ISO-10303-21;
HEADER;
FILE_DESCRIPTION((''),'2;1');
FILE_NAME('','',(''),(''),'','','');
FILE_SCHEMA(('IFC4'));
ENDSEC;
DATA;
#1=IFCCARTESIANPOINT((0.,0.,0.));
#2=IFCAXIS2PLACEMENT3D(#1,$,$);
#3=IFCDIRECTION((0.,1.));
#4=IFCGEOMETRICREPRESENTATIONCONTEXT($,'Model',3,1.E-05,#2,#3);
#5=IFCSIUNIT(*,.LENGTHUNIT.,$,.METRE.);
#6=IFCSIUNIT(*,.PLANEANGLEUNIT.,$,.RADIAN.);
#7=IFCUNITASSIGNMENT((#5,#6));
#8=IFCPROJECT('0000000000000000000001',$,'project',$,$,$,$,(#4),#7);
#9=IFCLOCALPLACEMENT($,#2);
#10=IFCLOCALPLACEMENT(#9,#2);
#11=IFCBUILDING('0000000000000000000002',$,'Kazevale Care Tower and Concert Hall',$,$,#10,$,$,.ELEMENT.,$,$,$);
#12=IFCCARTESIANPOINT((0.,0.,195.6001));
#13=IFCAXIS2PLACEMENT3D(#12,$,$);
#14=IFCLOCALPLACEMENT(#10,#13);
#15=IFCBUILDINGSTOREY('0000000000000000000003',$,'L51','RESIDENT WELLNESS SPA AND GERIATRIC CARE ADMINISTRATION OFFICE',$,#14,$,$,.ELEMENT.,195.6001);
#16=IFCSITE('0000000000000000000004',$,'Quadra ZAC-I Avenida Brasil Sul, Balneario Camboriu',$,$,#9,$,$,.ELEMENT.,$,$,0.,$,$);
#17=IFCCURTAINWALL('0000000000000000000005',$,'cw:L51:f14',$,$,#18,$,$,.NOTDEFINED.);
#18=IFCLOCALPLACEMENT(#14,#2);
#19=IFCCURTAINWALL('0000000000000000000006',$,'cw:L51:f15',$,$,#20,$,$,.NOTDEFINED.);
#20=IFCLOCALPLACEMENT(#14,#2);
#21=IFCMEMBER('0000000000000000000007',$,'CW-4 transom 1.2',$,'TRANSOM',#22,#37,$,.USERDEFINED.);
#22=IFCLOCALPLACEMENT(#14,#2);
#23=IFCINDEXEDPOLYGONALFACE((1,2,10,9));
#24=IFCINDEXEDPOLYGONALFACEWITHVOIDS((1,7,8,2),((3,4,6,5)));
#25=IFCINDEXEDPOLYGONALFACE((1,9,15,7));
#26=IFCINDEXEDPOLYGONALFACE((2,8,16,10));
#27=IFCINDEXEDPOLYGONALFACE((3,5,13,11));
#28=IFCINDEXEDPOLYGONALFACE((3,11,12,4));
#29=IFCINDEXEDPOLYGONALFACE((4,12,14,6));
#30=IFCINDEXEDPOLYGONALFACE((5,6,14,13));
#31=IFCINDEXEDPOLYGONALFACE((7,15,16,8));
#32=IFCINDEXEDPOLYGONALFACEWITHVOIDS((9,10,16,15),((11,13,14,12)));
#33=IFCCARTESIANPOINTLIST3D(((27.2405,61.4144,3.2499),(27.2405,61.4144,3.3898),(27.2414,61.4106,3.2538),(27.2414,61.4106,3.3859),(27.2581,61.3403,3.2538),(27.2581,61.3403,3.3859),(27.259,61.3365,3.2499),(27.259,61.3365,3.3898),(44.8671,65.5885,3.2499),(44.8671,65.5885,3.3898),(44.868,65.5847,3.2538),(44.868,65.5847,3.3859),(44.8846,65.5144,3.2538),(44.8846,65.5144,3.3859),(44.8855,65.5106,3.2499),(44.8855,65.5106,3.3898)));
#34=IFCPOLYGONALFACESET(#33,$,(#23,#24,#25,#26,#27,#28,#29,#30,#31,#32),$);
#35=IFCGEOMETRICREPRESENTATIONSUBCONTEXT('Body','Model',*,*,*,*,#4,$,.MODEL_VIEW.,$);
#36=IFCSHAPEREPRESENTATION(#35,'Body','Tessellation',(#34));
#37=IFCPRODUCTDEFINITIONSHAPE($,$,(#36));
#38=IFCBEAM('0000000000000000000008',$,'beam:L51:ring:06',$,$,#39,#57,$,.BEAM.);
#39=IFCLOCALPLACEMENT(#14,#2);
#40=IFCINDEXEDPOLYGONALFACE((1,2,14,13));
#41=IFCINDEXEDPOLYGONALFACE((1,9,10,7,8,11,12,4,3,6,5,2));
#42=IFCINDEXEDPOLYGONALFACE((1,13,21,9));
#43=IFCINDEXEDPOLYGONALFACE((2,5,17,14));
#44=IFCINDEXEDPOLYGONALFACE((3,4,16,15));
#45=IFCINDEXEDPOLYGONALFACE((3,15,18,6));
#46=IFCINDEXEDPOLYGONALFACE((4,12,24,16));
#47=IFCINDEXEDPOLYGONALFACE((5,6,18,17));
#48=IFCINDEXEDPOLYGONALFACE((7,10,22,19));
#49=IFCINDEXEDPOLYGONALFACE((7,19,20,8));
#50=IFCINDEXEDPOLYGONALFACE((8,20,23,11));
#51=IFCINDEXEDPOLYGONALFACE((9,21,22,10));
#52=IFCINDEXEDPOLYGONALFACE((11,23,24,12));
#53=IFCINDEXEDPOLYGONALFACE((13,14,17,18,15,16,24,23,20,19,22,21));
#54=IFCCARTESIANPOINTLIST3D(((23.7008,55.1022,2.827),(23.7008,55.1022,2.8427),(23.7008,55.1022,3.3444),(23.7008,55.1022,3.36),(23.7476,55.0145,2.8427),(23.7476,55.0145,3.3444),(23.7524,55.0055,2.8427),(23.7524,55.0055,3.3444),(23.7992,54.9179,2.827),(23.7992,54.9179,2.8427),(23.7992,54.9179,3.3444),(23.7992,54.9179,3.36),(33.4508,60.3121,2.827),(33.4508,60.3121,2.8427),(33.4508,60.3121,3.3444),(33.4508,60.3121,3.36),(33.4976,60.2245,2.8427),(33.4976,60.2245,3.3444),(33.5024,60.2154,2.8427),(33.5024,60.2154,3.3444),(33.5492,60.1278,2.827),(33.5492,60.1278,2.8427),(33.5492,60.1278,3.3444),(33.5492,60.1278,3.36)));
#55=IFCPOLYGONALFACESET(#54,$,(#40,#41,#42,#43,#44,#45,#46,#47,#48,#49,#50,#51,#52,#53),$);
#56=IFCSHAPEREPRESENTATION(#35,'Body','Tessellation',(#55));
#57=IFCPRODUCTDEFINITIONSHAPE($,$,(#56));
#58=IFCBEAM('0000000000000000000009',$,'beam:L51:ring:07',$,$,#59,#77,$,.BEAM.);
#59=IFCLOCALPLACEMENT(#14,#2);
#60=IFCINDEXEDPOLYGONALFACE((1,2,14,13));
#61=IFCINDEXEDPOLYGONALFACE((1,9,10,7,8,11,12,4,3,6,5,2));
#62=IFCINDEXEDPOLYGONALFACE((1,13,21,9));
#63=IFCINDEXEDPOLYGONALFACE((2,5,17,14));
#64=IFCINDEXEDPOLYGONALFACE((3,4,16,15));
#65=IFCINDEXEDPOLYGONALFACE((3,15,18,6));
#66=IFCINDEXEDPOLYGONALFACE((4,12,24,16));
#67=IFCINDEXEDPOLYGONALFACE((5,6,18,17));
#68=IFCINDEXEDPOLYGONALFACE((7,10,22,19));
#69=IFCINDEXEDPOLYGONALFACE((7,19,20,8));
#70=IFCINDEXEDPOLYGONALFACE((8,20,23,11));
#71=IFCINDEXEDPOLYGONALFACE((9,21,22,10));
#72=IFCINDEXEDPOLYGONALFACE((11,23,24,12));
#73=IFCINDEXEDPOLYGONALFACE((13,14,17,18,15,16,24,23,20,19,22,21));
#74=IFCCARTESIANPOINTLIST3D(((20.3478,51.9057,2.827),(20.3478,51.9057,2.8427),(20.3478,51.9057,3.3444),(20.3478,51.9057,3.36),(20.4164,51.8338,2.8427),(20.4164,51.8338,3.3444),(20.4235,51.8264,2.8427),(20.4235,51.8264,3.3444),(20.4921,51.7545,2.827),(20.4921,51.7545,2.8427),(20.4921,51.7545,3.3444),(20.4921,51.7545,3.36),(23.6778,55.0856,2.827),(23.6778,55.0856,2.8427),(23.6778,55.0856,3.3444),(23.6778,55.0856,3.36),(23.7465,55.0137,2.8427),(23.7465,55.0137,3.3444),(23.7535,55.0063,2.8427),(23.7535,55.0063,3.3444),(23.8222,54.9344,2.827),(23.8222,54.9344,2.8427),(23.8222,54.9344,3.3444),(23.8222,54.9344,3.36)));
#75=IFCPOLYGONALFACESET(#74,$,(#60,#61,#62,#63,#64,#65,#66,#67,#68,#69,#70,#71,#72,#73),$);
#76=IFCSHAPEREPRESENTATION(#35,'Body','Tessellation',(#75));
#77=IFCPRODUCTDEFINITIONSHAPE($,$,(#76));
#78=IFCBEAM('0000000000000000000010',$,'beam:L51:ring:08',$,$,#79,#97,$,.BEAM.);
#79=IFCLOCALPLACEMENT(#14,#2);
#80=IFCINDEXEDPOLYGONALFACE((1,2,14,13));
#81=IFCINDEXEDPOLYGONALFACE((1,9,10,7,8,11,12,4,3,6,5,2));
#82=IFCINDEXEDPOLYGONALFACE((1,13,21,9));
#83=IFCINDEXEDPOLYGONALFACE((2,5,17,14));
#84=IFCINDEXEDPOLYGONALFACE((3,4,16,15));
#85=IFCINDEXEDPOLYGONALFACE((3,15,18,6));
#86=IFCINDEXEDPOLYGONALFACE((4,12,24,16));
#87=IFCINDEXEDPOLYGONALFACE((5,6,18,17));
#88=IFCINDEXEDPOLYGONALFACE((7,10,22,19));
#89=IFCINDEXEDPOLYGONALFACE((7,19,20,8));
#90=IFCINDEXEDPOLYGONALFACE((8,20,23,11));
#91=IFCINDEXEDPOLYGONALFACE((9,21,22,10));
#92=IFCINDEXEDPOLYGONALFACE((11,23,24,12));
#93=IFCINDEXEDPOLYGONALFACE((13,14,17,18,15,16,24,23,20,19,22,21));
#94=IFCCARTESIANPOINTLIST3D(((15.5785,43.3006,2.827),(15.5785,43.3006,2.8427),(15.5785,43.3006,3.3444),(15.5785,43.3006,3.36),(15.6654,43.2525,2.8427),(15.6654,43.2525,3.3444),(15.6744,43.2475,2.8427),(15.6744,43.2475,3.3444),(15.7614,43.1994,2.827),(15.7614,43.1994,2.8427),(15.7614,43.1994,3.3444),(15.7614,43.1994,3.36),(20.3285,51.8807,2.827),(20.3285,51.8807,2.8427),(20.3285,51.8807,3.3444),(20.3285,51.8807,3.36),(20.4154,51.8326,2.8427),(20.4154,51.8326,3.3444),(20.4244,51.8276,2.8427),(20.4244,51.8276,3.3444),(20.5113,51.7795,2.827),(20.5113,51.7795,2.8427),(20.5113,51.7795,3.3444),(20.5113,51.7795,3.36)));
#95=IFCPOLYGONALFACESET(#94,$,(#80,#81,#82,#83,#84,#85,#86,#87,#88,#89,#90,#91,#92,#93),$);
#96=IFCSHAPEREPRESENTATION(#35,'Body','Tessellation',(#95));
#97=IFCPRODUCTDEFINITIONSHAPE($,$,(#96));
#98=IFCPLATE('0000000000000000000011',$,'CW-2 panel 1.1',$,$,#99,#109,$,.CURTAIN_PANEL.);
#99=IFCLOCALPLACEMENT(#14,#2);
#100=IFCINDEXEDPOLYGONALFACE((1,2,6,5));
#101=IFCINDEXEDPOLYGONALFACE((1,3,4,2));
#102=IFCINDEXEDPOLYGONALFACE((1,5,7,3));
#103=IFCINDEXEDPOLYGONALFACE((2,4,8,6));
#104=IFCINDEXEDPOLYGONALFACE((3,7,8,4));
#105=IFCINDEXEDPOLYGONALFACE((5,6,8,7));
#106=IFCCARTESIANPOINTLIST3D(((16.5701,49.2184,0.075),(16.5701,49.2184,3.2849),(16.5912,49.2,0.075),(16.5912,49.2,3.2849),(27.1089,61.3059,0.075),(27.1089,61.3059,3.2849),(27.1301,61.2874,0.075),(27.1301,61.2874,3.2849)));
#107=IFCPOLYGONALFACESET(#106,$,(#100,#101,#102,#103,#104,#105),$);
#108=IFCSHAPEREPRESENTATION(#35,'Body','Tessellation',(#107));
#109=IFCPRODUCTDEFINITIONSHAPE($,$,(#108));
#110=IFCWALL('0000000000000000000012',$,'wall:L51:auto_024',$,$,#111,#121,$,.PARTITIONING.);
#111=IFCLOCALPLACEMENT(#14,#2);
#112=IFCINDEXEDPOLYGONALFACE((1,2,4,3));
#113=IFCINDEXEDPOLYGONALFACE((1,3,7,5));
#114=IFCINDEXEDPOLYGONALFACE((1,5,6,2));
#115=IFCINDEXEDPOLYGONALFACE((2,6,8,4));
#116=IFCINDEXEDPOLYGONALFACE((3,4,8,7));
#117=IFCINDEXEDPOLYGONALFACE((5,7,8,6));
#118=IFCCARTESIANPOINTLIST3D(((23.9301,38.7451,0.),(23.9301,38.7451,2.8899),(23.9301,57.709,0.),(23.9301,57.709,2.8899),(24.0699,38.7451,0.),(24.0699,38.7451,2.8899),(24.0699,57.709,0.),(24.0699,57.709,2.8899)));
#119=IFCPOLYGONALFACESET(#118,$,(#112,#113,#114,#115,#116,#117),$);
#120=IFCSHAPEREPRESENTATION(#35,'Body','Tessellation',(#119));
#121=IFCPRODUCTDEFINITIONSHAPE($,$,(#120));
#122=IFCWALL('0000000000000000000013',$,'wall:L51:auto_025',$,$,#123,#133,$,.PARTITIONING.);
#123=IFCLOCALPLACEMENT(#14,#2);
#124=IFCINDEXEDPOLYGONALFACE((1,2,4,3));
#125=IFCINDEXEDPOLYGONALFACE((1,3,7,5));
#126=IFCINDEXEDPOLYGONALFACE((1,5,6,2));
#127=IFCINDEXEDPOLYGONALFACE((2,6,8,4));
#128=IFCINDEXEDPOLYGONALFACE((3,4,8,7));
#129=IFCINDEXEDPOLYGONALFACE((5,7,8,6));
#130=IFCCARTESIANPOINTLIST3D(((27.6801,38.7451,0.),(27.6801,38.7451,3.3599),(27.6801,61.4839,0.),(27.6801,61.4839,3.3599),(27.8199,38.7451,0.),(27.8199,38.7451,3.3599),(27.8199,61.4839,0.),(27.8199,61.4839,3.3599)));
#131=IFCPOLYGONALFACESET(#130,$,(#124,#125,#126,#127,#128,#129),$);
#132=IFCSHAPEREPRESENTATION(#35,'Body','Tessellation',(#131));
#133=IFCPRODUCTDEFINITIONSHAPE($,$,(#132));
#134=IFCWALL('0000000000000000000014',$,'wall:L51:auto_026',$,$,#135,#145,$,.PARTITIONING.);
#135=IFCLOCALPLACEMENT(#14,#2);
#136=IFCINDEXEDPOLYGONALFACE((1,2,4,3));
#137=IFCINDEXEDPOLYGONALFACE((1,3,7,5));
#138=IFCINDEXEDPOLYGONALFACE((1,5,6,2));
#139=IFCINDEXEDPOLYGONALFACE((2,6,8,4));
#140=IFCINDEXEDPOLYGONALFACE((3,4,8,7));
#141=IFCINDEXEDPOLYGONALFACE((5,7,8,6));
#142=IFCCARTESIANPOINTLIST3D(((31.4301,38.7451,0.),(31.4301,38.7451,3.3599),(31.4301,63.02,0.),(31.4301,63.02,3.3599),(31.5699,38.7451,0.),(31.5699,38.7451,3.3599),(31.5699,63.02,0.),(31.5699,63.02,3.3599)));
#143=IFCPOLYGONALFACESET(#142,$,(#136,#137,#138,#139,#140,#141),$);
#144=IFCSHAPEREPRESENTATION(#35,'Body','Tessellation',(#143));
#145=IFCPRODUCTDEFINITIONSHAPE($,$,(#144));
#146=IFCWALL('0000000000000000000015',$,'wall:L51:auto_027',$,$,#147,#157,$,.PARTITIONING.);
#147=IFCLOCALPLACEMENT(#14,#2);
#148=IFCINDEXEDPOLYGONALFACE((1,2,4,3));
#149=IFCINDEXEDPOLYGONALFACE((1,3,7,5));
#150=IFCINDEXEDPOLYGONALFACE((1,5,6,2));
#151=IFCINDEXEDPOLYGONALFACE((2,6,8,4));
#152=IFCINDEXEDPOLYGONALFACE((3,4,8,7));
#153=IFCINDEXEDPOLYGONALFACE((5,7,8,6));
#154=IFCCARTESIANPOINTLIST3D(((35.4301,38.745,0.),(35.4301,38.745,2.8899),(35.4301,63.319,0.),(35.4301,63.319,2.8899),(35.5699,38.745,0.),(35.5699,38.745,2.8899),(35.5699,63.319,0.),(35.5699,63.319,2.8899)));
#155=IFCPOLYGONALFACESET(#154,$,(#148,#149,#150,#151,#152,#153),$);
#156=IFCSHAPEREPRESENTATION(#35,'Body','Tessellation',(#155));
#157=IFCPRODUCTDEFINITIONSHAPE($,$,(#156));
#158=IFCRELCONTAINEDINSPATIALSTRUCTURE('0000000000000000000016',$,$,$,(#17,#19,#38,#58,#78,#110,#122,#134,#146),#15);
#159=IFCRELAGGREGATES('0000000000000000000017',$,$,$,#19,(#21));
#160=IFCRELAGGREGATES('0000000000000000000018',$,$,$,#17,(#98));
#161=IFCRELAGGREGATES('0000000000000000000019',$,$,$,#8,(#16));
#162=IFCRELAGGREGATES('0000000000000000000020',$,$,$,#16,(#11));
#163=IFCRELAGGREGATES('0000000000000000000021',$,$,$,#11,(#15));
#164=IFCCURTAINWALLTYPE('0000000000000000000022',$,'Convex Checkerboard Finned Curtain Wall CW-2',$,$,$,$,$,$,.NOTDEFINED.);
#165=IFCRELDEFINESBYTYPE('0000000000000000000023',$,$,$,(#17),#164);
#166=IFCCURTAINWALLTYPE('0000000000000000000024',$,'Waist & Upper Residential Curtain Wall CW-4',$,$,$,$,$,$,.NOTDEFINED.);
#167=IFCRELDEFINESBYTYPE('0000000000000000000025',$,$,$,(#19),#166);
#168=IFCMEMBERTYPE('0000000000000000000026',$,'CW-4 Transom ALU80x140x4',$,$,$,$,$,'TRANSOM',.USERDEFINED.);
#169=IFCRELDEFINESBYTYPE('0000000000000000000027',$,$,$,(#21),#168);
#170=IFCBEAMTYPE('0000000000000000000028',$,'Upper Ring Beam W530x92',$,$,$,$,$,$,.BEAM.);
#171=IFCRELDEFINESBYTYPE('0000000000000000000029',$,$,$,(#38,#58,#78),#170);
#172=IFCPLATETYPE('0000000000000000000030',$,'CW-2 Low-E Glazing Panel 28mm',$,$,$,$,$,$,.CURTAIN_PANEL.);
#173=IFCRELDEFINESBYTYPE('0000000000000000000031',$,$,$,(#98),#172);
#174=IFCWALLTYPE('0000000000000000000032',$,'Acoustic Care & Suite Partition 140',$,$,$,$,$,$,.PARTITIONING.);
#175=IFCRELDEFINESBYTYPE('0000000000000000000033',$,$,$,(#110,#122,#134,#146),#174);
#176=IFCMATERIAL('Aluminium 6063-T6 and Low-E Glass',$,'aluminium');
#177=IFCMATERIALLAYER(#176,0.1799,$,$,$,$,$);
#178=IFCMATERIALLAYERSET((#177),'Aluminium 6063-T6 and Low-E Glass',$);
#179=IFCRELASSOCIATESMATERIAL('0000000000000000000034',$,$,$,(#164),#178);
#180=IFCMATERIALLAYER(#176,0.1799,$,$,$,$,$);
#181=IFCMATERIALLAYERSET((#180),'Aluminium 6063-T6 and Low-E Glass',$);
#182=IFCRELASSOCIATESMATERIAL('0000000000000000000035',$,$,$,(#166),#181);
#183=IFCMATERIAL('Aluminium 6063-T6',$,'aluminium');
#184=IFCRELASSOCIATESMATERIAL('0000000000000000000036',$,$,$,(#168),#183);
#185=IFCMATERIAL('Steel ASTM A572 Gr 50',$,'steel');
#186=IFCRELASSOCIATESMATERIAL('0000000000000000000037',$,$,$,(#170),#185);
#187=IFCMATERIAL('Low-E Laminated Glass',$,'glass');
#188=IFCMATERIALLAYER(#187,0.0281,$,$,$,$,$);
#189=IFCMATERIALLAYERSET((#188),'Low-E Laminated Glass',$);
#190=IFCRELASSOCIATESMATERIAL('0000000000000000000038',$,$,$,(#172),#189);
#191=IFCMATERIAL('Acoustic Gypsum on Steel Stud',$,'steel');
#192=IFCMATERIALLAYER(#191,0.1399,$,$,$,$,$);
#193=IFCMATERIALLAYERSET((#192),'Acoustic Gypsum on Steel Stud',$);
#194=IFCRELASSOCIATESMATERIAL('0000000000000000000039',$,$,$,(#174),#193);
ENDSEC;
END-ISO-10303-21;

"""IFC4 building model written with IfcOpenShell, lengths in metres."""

from ifc_helpers import new_model, si_unit, direction, frame, frame_2d, origin, origin_2d, place, context, subcontext, project, spatial, rectangle, hollow_rectangle, i_section, extrude, material, layer, layer_set, material_profile, profile_set, type_object, element, aggregate, save


model = new_model("IFC4")

# Units and contexts
model_context = context("Model", 3, precision=1e-05, world=origin(), true_north=direction((0.0, 1.0)))
body_context = subcontext(model_context, "Body", "Model", "MODEL_VIEW")
ifc_project = project(units=[si_unit("LENGTHUNIT", "METRE"), si_unit("PLANEANGLEUNIT", "RADIAN")], contexts=[model_context])

# Site, building, storey
site_placement = place(None, origin())
site = spatial("IfcSite", under=ifc_project, at=site_placement, Name="Quadra ZAC-I Avenida Brasil Sul, Balneario Camboriu", CompositionType="ELEMENT", RefElevation=0.0)
building_placement = place(site_placement, origin())
building = spatial("IfcBuilding", under=site, at=building_placement, Name="Kazevale Care Tower and Concert Hall", CompositionType="ELEMENT")
storey_placement = place(building_placement, frame((0.0, 0.0, 195.6001)))
storey = spatial("IfcBuildingStorey", under=building, at=storey_placement, Name="L51", Description="RESIDENT WELLNESS SPA AND GERIATRIC CARE ADMINISTRATION OFFICE", CompositionType="ELEMENT", Elevation=195.6001)

# Curtain wall
ifc_material_1 = material(Name="Aluminium 6063-T6 and Low-E Glass", Category="aluminium")
ifc_layer_1 = layer(ifc_material_1, 0.1799)
ifc_layer_set_1 = layer_set([ifc_layer_1], Name="Aluminium 6063-T6 and Low-E Glass")
curtain_wall_type_1 = type_object("IfcCurtainWallType", Name="Convex Checkerboard Finned Curtain Wall CW-2", PredefinedType="NOTDEFINED", material=ifc_layer_set_1)
curtain_wall_1_placement = place(storey_placement, origin())
curtain_wall_1 = element("IfcCurtainWall", 1, at=curtain_wall_1_placement, inside=storey, type_object=curtain_wall_type_1, Name="cw:L51:f14", PredefinedType="NOTDEFINED")
ifc_material_2 = material(Name="Aluminium 6063-T6", Category="aluminium")

# Curtain wall, member
ifc_layer_2 = layer(ifc_material_1, 0.1799)
ifc_layer_set_2 = layer_set([ifc_layer_2], Name="Aluminium 6063-T6 and Low-E Glass")
curtain_wall_type_2 = type_object("IfcCurtainWallType", Name="Waist & Upper Residential Curtain Wall CW-4", PredefinedType="NOTDEFINED", material=ifc_layer_set_2)
curtain_wall_2_placement = place(storey_placement, origin())
curtain_wall_2 = element("IfcCurtainWall", 2, at=curtain_wall_2_placement, inside=storey, type_object=curtain_wall_type_2, Name="cw:L51:f15", PredefinedType="NOTDEFINED")
ifc_material_profile_1 = material_profile(ifc_material_2, hollow_rectangle(XDim=0.0801, YDim=0.1399, WallThickness=0.0039, at=origin_2d()), Name="ALU80x140x4")
ifc_profile_set_1 = profile_set([ifc_material_profile_1], Name="Aluminium 6063-T6")
member_type_1 = type_object("IfcMemberType", Name="CW-4 Transom ALU80x140x4", ElementType="TRANSOM", PredefinedType="USERDEFINED", material=ifc_profile_set_1)
member_1_placement = place(storey_placement, frame((27.2498, 61.3755, 3.3198), z_axis=(0.973088, 0.230434, 0.0), x_axis=(-0.230434, 0.973088, 0.0)))
member_1 = element("IfcMember", 3, at=member_1_placement, type_object=member_type_1, Name="CW-4 transom 1.2", ObjectType="TRANSOM", PredefinedType="USERDEFINED", context=body_context, shape_type="SweptSolid", body=[
    extrude(hollow_rectangle(XDim=0.0801, YDim=0.1399, WallThickness=0.0039, at=origin_2d()), origin(), (0.0, 0.0, 1.0), 18.114),
])
aggregate(curtain_wall_2, [member_1])

# Beams
ifc_material_3 = material(Name="Steel ASTM A572 Gr 50", Category="steel")
ifc_material_profile_2 = material_profile(ifc_material_3, i_section(OverallWidth=0.209, OverallDepth=0.533, WebThickness=0.0103, FlangeThickness=0.0156, at=origin_2d()), Name="W530x92")
ifc_profile_set_2 = profile_set([ifc_material_profile_2], Name="Steel ASTM A572 Gr 50")
beam_type = type_object("IfcBeamType", Name="Upper Ring Beam W530x92", PredefinedType="BEAM", material=ifc_profile_set_2)
beam_1_placement = place(storey_placement, frame((33.5, 60.22, 3.0935), z_axis=(-0.881979, -0.47129, 0.0), x_axis=(0.47129, -0.881979, 0.0)))
element("IfcBeam", 4, at=beam_1_placement, inside=storey, type_object=beam_type, Name="beam:L51:ring:06", PredefinedType="BEAM", context=body_context, shape_type="SweptSolid", body=[
    extrude(i_section(OverallWidth=0.209, OverallDepth=0.533, WebThickness=0.0103, FlangeThickness=0.0156, at=origin_2d()), origin(), (0.0, 0.0, 1.0), 11.0547),
])
beam_2_placement = place(storey_placement, frame((23.75, 55.01, 3.0935), z_axis=(-0.723223, -0.690614, 0.0), x_axis=(0.690614, -0.723223, 0.0)))
element("IfcBeam", 5, at=beam_2_placement, inside=storey, type_object=beam_type, Name="beam:L51:ring:07", PredefinedType="BEAM", context=body_context, shape_type="SweptSolid", body=[
    extrude(i_section(OverallWidth=0.209, OverallDepth=0.533, WebThickness=0.0103, FlangeThickness=0.0156, at=origin_2d()), origin(), (0.0, 0.0, 1.0), 4.6045),
])
beam_3_placement = place(storey_placement, frame((20.4199, 51.8301, 3.0935), z_axis=(-0.48434, -0.87488, 0.0), x_axis=(0.87488, -0.48434, 0.0)))
element("IfcBeam", 6, at=beam_3_placement, inside=storey, type_object=beam_type, Name="beam:L51:ring:08", PredefinedType="BEAM", context=body_context, shape_type="SweptSolid", body=[
    extrude(i_section(OverallWidth=0.209, OverallDepth=0.533, WebThickness=0.0103, FlangeThickness=0.0156, at=origin_2d()), origin(), (0.0, 0.0, 1.0), 9.8071),
])

# Plate
ifc_material_4 = material(Name="Low-E Laminated Glass", Category="glass")
ifc_layer_3 = layer(ifc_material_4, 0.0281)
ifc_layer_set_3 = layer_set([ifc_layer_3], Name="Low-E Laminated Glass")
plate_type = type_object("IfcPlateType", Name="CW-2 Low-E Glazing Panel 28mm", PredefinedType="CURTAIN_PANEL", material=ifc_layer_set_3)
plate_placement = place(storey_placement, frame((21.8501, 55.2529, 0.075), z_axis=(0.0, 0.0, 1.0), x_axis=(0.657175, 0.753738, 0.0)))
plate = element("IfcPlate", 7, at=plate_placement, type_object=plate_type, Name="CW-2 panel 1.1", PredefinedType="CURTAIN_PANEL", context=body_context, shape_type="SweptSolid", body=[
    extrude(rectangle(XDim=16.0366, YDim=0.0281, at=origin_2d()), origin(), (0.0, 0.0, 1.0), 3.21),
])
aggregate(curtain_wall_1, [plate])

# Walls
ifc_material_5 = material(Name="Acoustic Gypsum on Steel Stud", Category="steel")
ifc_layer_4 = layer(ifc_material_5, 0.1399)
ifc_layer_set_4 = layer_set([ifc_layer_4], Name="Acoustic Gypsum on Steel Stud")
wall_type = type_object("IfcWallType", Name="Acoustic Care & Suite Partition 140", PredefinedType="PARTITIONING", material=ifc_layer_set_4)
wall_1_placement = place(storey_placement, frame((24.0, 57.709, 0.0), z_axis=(0.0, 0.0, 1.0), x_axis=(0.0, -1.0, 0.0)))
element("IfcWall", 8, at=wall_1_placement, inside=storey, type_object=wall_type, Name="wall:L51:auto_024", PredefinedType="PARTITIONING", context=body_context, shape_type="SweptSolid", body=[
    extrude(rectangle(XDim=18.9639, YDim=0.1399, at=frame_2d((9.4819, 0.0))), origin(), (0.0, 0.0, 1.0), 2.8899),
])
wall_2_placement = place(storey_placement, frame((27.75, 61.4839, 0.0), z_axis=(0.0, 0.0, 1.0), x_axis=(0.0, -1.0, 0.0)))
element("IfcWall", 9, at=wall_2_placement, inside=storey, type_object=wall_type, Name="wall:L51:auto_025", PredefinedType="PARTITIONING", context=body_context, shape_type="SweptSolid", body=[
    extrude(rectangle(XDim=22.7388, YDim=0.1399, at=frame_2d((11.3694, 0.0))), origin(), (0.0, 0.0, 1.0), 3.3599),
])
wall_3_placement = place(storey_placement, frame((31.5, 63.02, 0.0), z_axis=(0.0, 0.0, 1.0), x_axis=(0.0, -1.0, 0.0)))
element("IfcWall", 10, at=wall_3_placement, inside=storey, type_object=wall_type, Name="wall:L51:auto_026", PredefinedType="PARTITIONING", context=body_context, shape_type="SweptSolid", body=[
    extrude(rectangle(XDim=24.2749, YDim=0.1399, at=frame_2d((12.1375, 0.0))), origin(), (0.0, 0.0, 1.0), 3.3599),
])
wall_4_placement = place(storey_placement, frame((35.5, 63.3191, 0.0), z_axis=(0.0, 0.0, 1.0), x_axis=(0.0, -1.0, 0.0)))
element("IfcWall", 11, at=wall_4_placement, inside=storey, type_object=wall_type, Name="wall:L51:auto_027", PredefinedType="PARTITIONING", context=body_context, shape_type="SweptSolid", body=[
    extrude(rectangle(XDim=24.574, YDim=0.1399, at=frame_2d((12.2871, 0.0))), origin(), (0.0, 0.0, 1.0), 2.8899),
])

save(model, "model.ifc")
